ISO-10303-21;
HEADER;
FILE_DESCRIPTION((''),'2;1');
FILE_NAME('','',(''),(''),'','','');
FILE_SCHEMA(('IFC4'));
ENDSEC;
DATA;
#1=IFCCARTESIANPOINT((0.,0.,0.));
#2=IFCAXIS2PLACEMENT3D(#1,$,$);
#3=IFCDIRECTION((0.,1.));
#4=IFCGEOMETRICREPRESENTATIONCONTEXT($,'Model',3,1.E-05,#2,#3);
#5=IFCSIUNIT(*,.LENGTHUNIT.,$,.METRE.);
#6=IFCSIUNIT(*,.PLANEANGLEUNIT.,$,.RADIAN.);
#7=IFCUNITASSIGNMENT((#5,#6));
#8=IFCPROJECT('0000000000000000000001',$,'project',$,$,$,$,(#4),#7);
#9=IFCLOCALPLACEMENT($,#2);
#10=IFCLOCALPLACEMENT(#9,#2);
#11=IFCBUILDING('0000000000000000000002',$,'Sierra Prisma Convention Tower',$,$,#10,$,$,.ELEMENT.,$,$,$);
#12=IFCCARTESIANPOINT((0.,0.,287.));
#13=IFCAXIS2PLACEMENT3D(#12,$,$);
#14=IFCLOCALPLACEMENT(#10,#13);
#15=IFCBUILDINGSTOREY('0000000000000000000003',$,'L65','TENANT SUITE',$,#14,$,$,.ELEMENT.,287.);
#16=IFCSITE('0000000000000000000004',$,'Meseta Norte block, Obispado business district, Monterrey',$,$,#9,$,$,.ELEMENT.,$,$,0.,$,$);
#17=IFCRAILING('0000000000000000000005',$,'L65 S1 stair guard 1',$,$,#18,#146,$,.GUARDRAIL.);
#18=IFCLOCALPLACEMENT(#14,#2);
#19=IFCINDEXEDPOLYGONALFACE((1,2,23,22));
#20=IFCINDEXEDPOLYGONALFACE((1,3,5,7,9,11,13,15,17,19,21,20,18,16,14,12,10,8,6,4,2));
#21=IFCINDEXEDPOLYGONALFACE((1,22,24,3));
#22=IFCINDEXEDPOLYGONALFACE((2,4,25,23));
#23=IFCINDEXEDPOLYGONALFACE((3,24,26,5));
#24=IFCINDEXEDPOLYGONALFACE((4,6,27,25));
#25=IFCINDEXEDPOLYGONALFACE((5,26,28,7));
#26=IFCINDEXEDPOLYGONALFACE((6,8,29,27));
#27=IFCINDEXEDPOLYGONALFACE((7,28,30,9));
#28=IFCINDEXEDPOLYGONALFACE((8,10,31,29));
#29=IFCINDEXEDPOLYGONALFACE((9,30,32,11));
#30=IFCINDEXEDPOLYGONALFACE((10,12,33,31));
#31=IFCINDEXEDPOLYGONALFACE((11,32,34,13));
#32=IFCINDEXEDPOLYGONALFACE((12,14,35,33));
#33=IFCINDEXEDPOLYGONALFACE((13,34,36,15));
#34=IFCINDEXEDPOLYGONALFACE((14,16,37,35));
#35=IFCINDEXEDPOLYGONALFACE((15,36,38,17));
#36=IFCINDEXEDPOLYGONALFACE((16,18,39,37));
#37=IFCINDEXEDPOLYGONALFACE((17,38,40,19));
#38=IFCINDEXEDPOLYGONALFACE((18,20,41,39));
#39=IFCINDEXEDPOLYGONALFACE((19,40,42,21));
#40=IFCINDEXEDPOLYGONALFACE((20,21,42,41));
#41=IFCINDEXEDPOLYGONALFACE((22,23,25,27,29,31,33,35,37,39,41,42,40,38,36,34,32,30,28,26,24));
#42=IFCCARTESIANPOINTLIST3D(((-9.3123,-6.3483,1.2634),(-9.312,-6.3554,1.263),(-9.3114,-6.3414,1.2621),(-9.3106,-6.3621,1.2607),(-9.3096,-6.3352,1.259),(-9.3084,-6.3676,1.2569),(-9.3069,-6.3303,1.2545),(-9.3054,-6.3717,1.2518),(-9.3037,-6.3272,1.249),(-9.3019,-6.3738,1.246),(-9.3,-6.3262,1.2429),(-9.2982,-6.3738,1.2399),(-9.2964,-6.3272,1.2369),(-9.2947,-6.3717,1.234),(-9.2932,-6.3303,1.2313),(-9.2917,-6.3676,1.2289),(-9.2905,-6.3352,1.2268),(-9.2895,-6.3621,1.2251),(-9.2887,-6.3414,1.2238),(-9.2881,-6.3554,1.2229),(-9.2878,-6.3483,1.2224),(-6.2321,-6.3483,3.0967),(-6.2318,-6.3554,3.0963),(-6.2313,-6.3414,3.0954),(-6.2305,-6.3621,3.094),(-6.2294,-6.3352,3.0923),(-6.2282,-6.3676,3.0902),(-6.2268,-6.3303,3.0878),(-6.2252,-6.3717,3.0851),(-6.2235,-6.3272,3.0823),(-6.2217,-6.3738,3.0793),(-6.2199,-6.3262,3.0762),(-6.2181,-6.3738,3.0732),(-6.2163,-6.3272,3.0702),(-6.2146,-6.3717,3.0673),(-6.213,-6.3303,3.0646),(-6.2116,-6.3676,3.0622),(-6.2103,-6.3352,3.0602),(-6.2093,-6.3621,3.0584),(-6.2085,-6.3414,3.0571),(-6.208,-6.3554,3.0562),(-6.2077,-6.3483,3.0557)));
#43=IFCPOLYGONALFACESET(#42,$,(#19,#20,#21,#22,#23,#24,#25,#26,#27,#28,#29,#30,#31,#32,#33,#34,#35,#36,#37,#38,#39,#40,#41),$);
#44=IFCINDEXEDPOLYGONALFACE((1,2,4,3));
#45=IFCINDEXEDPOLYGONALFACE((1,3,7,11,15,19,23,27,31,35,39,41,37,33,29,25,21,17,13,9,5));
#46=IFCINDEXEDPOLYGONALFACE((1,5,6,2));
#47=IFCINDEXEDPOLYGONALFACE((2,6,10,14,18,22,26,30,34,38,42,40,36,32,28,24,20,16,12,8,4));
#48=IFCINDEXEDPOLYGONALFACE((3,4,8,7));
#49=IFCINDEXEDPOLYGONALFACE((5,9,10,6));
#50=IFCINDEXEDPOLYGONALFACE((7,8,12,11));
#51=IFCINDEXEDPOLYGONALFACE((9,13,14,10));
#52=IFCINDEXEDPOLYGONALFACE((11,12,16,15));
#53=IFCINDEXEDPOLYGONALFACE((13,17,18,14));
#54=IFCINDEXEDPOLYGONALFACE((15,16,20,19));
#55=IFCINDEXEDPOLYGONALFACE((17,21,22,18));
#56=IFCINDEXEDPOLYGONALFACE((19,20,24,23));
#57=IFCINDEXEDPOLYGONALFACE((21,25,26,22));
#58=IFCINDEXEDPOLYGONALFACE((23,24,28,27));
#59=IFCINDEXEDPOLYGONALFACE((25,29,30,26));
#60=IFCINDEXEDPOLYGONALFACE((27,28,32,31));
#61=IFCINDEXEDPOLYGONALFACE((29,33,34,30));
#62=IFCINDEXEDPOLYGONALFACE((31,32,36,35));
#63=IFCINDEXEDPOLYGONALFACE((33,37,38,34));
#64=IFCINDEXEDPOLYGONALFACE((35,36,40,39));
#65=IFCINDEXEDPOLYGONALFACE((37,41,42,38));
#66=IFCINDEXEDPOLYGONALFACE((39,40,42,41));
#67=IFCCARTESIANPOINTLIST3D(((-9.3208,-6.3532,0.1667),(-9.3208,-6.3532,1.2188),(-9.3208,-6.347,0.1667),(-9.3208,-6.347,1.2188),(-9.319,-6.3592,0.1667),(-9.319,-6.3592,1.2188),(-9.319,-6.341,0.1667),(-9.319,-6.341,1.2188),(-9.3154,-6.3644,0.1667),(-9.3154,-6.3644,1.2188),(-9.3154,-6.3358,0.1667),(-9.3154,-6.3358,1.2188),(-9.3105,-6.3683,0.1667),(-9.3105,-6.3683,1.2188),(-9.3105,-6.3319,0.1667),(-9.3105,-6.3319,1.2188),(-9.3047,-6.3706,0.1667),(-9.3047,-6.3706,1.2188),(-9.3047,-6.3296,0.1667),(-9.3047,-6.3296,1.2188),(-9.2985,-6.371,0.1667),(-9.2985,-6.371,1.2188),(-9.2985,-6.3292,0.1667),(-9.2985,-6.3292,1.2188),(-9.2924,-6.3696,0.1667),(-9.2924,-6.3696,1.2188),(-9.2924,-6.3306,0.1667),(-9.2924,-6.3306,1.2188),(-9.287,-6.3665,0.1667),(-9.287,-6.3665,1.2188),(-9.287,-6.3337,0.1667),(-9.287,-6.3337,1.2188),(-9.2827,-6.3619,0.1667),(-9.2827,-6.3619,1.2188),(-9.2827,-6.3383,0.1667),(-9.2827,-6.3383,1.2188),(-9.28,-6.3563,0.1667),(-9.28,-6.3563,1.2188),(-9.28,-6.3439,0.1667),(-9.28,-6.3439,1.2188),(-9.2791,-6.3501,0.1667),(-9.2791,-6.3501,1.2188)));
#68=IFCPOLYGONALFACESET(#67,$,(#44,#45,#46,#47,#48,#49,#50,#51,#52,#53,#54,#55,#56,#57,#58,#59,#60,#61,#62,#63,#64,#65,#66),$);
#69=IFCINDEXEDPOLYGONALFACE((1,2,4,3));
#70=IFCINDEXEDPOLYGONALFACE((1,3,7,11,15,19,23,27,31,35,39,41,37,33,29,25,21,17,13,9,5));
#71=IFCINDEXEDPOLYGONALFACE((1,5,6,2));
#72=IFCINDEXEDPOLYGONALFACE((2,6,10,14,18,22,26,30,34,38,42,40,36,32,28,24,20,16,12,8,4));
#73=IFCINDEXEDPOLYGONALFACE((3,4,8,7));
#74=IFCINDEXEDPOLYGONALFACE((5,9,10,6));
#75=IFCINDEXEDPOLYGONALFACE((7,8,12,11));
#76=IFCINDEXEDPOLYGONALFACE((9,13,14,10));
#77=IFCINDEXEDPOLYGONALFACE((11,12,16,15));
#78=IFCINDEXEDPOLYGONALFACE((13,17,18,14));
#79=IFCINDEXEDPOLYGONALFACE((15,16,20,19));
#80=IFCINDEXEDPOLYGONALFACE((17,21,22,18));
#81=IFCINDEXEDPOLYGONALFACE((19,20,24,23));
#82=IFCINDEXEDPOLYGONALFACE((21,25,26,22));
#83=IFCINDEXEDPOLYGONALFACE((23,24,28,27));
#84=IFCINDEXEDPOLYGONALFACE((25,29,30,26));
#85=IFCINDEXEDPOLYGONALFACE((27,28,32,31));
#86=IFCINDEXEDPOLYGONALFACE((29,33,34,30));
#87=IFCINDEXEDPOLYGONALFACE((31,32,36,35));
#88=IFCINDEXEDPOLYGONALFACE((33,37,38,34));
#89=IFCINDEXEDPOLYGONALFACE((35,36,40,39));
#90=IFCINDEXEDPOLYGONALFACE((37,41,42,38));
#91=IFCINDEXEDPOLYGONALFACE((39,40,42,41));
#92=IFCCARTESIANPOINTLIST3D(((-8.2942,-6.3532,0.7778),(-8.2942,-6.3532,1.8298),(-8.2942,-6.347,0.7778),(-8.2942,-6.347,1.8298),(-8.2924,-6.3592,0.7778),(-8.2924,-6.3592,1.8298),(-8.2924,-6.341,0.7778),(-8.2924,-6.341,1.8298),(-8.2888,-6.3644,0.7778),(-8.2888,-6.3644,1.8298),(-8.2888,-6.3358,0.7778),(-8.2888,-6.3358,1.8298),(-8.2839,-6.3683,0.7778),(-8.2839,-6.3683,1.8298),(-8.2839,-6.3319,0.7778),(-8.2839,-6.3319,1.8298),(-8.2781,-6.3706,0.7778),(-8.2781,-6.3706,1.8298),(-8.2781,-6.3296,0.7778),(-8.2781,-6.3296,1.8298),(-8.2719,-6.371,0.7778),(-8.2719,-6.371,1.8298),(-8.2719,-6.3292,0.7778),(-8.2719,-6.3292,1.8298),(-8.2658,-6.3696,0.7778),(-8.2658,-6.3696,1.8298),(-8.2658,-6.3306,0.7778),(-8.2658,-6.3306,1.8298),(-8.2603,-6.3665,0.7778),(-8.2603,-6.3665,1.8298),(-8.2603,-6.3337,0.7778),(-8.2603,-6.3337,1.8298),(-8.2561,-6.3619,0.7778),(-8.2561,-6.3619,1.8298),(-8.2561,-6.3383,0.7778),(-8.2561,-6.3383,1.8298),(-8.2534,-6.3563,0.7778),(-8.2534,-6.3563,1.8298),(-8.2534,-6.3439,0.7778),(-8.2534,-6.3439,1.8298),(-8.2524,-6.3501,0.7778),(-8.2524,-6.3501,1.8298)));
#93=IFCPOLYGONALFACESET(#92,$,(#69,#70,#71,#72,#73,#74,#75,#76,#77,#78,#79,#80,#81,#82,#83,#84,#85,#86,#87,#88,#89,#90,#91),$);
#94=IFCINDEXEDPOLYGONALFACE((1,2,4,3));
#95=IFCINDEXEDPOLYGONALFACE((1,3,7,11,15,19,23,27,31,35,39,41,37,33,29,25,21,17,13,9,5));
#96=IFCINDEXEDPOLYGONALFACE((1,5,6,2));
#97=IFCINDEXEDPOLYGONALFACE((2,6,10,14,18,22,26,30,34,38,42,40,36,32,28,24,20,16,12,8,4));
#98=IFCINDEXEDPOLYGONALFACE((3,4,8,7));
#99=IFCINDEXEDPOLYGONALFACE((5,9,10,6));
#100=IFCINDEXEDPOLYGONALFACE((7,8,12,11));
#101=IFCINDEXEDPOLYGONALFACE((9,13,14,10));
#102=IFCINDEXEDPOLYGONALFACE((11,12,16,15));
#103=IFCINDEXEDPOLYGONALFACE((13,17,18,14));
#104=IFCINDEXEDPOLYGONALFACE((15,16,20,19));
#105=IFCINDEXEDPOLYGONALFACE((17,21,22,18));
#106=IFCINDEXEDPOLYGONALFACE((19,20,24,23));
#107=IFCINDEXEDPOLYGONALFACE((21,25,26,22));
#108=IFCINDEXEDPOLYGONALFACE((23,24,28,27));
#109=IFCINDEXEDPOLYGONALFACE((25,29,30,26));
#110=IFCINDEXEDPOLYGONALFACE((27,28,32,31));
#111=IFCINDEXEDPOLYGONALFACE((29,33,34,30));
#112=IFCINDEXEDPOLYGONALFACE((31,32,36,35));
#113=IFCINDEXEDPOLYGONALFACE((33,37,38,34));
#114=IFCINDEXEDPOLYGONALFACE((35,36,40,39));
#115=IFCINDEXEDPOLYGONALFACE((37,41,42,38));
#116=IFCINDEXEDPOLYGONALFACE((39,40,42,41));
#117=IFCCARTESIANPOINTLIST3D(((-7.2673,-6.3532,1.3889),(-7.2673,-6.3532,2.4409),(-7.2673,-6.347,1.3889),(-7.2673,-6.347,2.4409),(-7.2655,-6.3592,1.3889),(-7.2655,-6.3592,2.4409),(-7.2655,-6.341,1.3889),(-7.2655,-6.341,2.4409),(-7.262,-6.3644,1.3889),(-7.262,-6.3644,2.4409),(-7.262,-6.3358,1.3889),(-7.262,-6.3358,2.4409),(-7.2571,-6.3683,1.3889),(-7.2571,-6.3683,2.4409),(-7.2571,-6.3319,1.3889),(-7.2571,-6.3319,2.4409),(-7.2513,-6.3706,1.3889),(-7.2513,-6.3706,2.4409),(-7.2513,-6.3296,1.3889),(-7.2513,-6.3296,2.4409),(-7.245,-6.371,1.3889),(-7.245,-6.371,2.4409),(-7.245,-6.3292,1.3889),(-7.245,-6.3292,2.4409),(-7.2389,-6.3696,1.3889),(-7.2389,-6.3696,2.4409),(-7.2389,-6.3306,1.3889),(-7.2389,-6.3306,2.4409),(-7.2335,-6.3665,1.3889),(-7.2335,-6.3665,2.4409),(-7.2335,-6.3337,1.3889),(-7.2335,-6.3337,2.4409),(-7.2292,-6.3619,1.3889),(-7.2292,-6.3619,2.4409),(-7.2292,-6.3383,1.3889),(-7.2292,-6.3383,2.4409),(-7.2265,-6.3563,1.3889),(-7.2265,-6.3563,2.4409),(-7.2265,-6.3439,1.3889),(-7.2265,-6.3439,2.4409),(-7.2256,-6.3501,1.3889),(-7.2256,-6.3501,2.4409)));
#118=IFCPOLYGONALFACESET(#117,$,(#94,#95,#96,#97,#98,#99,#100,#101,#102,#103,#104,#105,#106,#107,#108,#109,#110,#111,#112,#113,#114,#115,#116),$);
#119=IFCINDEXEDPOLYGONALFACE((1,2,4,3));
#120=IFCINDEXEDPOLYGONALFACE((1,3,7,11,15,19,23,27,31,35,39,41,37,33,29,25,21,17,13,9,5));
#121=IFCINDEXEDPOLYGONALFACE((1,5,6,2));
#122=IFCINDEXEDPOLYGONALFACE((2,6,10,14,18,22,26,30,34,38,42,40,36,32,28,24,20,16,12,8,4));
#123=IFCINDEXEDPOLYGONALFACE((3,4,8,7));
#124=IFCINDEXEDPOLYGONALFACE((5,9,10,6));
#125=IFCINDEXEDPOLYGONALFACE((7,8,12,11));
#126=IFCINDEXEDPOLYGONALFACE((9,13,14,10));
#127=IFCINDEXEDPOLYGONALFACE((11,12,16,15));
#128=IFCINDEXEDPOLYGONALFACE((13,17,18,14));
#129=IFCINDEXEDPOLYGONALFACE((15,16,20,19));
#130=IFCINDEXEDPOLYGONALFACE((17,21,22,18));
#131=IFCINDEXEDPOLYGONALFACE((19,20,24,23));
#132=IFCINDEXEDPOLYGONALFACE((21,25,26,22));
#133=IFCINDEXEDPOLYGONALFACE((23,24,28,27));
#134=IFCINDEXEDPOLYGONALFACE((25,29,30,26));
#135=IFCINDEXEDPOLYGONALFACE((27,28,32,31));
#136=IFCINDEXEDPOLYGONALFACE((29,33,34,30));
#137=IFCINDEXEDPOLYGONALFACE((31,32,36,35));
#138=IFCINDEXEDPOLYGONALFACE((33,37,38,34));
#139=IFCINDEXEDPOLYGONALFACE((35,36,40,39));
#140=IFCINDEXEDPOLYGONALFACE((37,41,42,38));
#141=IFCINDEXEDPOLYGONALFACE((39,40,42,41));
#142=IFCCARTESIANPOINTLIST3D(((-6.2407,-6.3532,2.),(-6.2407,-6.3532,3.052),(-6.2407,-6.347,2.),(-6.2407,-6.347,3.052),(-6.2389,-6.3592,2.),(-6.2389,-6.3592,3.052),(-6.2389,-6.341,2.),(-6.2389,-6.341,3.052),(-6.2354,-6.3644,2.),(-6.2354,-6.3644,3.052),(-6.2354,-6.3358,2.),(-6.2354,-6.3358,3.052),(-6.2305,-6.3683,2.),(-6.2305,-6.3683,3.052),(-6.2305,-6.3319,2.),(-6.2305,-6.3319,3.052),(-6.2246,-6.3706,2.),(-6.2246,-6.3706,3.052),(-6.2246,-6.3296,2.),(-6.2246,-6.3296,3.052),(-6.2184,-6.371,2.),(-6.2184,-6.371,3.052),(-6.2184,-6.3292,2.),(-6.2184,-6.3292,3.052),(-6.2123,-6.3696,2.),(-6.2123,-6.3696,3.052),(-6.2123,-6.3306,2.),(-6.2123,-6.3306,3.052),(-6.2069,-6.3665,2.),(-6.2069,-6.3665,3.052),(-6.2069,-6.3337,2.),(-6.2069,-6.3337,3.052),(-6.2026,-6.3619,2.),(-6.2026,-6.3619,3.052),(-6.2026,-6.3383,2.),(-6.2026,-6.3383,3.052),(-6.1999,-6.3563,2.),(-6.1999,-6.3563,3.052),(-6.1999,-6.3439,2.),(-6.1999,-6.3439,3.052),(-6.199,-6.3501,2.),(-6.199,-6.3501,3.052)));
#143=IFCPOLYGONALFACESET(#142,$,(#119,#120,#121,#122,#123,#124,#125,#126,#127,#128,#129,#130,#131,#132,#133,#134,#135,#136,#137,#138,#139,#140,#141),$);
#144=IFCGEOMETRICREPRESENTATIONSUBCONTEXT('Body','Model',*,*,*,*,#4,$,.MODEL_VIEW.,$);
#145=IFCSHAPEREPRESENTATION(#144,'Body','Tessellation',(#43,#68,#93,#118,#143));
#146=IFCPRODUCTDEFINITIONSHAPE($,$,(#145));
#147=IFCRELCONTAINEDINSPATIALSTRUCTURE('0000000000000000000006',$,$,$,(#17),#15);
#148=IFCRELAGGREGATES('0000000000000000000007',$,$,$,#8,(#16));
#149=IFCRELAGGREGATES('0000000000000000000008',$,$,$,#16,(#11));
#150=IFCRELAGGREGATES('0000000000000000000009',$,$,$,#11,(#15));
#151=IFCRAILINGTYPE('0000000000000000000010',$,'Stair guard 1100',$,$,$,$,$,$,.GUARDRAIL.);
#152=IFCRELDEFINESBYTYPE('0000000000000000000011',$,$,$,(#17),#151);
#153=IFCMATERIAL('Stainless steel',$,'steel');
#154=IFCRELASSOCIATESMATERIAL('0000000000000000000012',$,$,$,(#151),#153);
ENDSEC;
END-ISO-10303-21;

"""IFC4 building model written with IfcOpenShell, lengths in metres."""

from ifc_helpers import new_model, si_unit, direction, frame, origin, origin_2d, place, context, subcontext, project, spatial, circle, extrude, material, type_object, element, save


model = new_model("IFC4")

# Units and contexts
model_context = context("Model", 3, precision=1e-05, world=origin(), true_north=direction((0.0, 1.0)))
body_context = subcontext(model_context, "Body", "Model", "MODEL_VIEW")
ifc_project = project(units=[si_unit("LENGTHUNIT", "METRE"), si_unit("PLANEANGLEUNIT", "RADIAN")], contexts=[model_context])

# Site, building, storey
site_placement = place(None, origin())
site = spatial("IfcSite", under=ifc_project, at=site_placement, Name="Meseta Norte block, Obispado business district, Monterrey", CompositionType="ELEMENT", RefElevation=0.0)
building_placement = place(site_placement, origin())
building = spatial("IfcBuilding", under=site, at=building_placement, Name="Sierra Prisma Convention Tower", CompositionType="ELEMENT")
storey_placement = place(building_placement, frame((0.0, 0.0, 287.0)))
storey = spatial("IfcBuildingStorey", under=building, at=storey_placement, Name="L65", Description="TENANT SUITE", CompositionType="ELEMENT", Elevation=287.0)

# Railing
ifc_material_1 = material(Name="Stainless steel", Category="steel")
railing_type_1 = type_object("IfcRailingType", Name="Stair guard 1100", PredefinedType="GUARDRAIL", material=ifc_material_1)
railing_1_placement = place(storey_placement, frame((-9.3, -6.3501, 0.1667)))
element("IfcRailing", 1, at=railing_1_placement, inside=storey, type_object=railing_type_1, Name="L65 S1 stair guard 1", PredefinedType="GUARDRAIL", context=body_context, shape_type="SweptSolid", body=[
    extrude(circle(Radius=0.0239, at=origin_2d()), frame((0.0, 0.0, 1.0762), z_axis=(0.859309, 0.0, 0.511458), x_axis=(0.0, 1.0, 0.0)), (0.0, 0.0, 1.0), 3.5845),
    extrude(circle(Radius=0.021, at=origin_2d()), origin(), (0.0, 0.0, 1.0), 1.052),
    extrude(circle(Radius=0.021, at=origin_2d()), frame((1.0266, 0.0, 0.6111)), (0.0, 0.0, 1.0), 1.052),
    extrude(circle(Radius=0.021, at=origin_2d()), frame((2.0535, 0.0, 1.2222)), (0.0, 0.0, 1.0), 1.052),
    extrude(circle(Radius=0.021, at=origin_2d()), frame((3.0801, 0.0, 1.8333)), (0.0, 0.0, 1.0), 1.052),
])

save(model, "model.ifc")
